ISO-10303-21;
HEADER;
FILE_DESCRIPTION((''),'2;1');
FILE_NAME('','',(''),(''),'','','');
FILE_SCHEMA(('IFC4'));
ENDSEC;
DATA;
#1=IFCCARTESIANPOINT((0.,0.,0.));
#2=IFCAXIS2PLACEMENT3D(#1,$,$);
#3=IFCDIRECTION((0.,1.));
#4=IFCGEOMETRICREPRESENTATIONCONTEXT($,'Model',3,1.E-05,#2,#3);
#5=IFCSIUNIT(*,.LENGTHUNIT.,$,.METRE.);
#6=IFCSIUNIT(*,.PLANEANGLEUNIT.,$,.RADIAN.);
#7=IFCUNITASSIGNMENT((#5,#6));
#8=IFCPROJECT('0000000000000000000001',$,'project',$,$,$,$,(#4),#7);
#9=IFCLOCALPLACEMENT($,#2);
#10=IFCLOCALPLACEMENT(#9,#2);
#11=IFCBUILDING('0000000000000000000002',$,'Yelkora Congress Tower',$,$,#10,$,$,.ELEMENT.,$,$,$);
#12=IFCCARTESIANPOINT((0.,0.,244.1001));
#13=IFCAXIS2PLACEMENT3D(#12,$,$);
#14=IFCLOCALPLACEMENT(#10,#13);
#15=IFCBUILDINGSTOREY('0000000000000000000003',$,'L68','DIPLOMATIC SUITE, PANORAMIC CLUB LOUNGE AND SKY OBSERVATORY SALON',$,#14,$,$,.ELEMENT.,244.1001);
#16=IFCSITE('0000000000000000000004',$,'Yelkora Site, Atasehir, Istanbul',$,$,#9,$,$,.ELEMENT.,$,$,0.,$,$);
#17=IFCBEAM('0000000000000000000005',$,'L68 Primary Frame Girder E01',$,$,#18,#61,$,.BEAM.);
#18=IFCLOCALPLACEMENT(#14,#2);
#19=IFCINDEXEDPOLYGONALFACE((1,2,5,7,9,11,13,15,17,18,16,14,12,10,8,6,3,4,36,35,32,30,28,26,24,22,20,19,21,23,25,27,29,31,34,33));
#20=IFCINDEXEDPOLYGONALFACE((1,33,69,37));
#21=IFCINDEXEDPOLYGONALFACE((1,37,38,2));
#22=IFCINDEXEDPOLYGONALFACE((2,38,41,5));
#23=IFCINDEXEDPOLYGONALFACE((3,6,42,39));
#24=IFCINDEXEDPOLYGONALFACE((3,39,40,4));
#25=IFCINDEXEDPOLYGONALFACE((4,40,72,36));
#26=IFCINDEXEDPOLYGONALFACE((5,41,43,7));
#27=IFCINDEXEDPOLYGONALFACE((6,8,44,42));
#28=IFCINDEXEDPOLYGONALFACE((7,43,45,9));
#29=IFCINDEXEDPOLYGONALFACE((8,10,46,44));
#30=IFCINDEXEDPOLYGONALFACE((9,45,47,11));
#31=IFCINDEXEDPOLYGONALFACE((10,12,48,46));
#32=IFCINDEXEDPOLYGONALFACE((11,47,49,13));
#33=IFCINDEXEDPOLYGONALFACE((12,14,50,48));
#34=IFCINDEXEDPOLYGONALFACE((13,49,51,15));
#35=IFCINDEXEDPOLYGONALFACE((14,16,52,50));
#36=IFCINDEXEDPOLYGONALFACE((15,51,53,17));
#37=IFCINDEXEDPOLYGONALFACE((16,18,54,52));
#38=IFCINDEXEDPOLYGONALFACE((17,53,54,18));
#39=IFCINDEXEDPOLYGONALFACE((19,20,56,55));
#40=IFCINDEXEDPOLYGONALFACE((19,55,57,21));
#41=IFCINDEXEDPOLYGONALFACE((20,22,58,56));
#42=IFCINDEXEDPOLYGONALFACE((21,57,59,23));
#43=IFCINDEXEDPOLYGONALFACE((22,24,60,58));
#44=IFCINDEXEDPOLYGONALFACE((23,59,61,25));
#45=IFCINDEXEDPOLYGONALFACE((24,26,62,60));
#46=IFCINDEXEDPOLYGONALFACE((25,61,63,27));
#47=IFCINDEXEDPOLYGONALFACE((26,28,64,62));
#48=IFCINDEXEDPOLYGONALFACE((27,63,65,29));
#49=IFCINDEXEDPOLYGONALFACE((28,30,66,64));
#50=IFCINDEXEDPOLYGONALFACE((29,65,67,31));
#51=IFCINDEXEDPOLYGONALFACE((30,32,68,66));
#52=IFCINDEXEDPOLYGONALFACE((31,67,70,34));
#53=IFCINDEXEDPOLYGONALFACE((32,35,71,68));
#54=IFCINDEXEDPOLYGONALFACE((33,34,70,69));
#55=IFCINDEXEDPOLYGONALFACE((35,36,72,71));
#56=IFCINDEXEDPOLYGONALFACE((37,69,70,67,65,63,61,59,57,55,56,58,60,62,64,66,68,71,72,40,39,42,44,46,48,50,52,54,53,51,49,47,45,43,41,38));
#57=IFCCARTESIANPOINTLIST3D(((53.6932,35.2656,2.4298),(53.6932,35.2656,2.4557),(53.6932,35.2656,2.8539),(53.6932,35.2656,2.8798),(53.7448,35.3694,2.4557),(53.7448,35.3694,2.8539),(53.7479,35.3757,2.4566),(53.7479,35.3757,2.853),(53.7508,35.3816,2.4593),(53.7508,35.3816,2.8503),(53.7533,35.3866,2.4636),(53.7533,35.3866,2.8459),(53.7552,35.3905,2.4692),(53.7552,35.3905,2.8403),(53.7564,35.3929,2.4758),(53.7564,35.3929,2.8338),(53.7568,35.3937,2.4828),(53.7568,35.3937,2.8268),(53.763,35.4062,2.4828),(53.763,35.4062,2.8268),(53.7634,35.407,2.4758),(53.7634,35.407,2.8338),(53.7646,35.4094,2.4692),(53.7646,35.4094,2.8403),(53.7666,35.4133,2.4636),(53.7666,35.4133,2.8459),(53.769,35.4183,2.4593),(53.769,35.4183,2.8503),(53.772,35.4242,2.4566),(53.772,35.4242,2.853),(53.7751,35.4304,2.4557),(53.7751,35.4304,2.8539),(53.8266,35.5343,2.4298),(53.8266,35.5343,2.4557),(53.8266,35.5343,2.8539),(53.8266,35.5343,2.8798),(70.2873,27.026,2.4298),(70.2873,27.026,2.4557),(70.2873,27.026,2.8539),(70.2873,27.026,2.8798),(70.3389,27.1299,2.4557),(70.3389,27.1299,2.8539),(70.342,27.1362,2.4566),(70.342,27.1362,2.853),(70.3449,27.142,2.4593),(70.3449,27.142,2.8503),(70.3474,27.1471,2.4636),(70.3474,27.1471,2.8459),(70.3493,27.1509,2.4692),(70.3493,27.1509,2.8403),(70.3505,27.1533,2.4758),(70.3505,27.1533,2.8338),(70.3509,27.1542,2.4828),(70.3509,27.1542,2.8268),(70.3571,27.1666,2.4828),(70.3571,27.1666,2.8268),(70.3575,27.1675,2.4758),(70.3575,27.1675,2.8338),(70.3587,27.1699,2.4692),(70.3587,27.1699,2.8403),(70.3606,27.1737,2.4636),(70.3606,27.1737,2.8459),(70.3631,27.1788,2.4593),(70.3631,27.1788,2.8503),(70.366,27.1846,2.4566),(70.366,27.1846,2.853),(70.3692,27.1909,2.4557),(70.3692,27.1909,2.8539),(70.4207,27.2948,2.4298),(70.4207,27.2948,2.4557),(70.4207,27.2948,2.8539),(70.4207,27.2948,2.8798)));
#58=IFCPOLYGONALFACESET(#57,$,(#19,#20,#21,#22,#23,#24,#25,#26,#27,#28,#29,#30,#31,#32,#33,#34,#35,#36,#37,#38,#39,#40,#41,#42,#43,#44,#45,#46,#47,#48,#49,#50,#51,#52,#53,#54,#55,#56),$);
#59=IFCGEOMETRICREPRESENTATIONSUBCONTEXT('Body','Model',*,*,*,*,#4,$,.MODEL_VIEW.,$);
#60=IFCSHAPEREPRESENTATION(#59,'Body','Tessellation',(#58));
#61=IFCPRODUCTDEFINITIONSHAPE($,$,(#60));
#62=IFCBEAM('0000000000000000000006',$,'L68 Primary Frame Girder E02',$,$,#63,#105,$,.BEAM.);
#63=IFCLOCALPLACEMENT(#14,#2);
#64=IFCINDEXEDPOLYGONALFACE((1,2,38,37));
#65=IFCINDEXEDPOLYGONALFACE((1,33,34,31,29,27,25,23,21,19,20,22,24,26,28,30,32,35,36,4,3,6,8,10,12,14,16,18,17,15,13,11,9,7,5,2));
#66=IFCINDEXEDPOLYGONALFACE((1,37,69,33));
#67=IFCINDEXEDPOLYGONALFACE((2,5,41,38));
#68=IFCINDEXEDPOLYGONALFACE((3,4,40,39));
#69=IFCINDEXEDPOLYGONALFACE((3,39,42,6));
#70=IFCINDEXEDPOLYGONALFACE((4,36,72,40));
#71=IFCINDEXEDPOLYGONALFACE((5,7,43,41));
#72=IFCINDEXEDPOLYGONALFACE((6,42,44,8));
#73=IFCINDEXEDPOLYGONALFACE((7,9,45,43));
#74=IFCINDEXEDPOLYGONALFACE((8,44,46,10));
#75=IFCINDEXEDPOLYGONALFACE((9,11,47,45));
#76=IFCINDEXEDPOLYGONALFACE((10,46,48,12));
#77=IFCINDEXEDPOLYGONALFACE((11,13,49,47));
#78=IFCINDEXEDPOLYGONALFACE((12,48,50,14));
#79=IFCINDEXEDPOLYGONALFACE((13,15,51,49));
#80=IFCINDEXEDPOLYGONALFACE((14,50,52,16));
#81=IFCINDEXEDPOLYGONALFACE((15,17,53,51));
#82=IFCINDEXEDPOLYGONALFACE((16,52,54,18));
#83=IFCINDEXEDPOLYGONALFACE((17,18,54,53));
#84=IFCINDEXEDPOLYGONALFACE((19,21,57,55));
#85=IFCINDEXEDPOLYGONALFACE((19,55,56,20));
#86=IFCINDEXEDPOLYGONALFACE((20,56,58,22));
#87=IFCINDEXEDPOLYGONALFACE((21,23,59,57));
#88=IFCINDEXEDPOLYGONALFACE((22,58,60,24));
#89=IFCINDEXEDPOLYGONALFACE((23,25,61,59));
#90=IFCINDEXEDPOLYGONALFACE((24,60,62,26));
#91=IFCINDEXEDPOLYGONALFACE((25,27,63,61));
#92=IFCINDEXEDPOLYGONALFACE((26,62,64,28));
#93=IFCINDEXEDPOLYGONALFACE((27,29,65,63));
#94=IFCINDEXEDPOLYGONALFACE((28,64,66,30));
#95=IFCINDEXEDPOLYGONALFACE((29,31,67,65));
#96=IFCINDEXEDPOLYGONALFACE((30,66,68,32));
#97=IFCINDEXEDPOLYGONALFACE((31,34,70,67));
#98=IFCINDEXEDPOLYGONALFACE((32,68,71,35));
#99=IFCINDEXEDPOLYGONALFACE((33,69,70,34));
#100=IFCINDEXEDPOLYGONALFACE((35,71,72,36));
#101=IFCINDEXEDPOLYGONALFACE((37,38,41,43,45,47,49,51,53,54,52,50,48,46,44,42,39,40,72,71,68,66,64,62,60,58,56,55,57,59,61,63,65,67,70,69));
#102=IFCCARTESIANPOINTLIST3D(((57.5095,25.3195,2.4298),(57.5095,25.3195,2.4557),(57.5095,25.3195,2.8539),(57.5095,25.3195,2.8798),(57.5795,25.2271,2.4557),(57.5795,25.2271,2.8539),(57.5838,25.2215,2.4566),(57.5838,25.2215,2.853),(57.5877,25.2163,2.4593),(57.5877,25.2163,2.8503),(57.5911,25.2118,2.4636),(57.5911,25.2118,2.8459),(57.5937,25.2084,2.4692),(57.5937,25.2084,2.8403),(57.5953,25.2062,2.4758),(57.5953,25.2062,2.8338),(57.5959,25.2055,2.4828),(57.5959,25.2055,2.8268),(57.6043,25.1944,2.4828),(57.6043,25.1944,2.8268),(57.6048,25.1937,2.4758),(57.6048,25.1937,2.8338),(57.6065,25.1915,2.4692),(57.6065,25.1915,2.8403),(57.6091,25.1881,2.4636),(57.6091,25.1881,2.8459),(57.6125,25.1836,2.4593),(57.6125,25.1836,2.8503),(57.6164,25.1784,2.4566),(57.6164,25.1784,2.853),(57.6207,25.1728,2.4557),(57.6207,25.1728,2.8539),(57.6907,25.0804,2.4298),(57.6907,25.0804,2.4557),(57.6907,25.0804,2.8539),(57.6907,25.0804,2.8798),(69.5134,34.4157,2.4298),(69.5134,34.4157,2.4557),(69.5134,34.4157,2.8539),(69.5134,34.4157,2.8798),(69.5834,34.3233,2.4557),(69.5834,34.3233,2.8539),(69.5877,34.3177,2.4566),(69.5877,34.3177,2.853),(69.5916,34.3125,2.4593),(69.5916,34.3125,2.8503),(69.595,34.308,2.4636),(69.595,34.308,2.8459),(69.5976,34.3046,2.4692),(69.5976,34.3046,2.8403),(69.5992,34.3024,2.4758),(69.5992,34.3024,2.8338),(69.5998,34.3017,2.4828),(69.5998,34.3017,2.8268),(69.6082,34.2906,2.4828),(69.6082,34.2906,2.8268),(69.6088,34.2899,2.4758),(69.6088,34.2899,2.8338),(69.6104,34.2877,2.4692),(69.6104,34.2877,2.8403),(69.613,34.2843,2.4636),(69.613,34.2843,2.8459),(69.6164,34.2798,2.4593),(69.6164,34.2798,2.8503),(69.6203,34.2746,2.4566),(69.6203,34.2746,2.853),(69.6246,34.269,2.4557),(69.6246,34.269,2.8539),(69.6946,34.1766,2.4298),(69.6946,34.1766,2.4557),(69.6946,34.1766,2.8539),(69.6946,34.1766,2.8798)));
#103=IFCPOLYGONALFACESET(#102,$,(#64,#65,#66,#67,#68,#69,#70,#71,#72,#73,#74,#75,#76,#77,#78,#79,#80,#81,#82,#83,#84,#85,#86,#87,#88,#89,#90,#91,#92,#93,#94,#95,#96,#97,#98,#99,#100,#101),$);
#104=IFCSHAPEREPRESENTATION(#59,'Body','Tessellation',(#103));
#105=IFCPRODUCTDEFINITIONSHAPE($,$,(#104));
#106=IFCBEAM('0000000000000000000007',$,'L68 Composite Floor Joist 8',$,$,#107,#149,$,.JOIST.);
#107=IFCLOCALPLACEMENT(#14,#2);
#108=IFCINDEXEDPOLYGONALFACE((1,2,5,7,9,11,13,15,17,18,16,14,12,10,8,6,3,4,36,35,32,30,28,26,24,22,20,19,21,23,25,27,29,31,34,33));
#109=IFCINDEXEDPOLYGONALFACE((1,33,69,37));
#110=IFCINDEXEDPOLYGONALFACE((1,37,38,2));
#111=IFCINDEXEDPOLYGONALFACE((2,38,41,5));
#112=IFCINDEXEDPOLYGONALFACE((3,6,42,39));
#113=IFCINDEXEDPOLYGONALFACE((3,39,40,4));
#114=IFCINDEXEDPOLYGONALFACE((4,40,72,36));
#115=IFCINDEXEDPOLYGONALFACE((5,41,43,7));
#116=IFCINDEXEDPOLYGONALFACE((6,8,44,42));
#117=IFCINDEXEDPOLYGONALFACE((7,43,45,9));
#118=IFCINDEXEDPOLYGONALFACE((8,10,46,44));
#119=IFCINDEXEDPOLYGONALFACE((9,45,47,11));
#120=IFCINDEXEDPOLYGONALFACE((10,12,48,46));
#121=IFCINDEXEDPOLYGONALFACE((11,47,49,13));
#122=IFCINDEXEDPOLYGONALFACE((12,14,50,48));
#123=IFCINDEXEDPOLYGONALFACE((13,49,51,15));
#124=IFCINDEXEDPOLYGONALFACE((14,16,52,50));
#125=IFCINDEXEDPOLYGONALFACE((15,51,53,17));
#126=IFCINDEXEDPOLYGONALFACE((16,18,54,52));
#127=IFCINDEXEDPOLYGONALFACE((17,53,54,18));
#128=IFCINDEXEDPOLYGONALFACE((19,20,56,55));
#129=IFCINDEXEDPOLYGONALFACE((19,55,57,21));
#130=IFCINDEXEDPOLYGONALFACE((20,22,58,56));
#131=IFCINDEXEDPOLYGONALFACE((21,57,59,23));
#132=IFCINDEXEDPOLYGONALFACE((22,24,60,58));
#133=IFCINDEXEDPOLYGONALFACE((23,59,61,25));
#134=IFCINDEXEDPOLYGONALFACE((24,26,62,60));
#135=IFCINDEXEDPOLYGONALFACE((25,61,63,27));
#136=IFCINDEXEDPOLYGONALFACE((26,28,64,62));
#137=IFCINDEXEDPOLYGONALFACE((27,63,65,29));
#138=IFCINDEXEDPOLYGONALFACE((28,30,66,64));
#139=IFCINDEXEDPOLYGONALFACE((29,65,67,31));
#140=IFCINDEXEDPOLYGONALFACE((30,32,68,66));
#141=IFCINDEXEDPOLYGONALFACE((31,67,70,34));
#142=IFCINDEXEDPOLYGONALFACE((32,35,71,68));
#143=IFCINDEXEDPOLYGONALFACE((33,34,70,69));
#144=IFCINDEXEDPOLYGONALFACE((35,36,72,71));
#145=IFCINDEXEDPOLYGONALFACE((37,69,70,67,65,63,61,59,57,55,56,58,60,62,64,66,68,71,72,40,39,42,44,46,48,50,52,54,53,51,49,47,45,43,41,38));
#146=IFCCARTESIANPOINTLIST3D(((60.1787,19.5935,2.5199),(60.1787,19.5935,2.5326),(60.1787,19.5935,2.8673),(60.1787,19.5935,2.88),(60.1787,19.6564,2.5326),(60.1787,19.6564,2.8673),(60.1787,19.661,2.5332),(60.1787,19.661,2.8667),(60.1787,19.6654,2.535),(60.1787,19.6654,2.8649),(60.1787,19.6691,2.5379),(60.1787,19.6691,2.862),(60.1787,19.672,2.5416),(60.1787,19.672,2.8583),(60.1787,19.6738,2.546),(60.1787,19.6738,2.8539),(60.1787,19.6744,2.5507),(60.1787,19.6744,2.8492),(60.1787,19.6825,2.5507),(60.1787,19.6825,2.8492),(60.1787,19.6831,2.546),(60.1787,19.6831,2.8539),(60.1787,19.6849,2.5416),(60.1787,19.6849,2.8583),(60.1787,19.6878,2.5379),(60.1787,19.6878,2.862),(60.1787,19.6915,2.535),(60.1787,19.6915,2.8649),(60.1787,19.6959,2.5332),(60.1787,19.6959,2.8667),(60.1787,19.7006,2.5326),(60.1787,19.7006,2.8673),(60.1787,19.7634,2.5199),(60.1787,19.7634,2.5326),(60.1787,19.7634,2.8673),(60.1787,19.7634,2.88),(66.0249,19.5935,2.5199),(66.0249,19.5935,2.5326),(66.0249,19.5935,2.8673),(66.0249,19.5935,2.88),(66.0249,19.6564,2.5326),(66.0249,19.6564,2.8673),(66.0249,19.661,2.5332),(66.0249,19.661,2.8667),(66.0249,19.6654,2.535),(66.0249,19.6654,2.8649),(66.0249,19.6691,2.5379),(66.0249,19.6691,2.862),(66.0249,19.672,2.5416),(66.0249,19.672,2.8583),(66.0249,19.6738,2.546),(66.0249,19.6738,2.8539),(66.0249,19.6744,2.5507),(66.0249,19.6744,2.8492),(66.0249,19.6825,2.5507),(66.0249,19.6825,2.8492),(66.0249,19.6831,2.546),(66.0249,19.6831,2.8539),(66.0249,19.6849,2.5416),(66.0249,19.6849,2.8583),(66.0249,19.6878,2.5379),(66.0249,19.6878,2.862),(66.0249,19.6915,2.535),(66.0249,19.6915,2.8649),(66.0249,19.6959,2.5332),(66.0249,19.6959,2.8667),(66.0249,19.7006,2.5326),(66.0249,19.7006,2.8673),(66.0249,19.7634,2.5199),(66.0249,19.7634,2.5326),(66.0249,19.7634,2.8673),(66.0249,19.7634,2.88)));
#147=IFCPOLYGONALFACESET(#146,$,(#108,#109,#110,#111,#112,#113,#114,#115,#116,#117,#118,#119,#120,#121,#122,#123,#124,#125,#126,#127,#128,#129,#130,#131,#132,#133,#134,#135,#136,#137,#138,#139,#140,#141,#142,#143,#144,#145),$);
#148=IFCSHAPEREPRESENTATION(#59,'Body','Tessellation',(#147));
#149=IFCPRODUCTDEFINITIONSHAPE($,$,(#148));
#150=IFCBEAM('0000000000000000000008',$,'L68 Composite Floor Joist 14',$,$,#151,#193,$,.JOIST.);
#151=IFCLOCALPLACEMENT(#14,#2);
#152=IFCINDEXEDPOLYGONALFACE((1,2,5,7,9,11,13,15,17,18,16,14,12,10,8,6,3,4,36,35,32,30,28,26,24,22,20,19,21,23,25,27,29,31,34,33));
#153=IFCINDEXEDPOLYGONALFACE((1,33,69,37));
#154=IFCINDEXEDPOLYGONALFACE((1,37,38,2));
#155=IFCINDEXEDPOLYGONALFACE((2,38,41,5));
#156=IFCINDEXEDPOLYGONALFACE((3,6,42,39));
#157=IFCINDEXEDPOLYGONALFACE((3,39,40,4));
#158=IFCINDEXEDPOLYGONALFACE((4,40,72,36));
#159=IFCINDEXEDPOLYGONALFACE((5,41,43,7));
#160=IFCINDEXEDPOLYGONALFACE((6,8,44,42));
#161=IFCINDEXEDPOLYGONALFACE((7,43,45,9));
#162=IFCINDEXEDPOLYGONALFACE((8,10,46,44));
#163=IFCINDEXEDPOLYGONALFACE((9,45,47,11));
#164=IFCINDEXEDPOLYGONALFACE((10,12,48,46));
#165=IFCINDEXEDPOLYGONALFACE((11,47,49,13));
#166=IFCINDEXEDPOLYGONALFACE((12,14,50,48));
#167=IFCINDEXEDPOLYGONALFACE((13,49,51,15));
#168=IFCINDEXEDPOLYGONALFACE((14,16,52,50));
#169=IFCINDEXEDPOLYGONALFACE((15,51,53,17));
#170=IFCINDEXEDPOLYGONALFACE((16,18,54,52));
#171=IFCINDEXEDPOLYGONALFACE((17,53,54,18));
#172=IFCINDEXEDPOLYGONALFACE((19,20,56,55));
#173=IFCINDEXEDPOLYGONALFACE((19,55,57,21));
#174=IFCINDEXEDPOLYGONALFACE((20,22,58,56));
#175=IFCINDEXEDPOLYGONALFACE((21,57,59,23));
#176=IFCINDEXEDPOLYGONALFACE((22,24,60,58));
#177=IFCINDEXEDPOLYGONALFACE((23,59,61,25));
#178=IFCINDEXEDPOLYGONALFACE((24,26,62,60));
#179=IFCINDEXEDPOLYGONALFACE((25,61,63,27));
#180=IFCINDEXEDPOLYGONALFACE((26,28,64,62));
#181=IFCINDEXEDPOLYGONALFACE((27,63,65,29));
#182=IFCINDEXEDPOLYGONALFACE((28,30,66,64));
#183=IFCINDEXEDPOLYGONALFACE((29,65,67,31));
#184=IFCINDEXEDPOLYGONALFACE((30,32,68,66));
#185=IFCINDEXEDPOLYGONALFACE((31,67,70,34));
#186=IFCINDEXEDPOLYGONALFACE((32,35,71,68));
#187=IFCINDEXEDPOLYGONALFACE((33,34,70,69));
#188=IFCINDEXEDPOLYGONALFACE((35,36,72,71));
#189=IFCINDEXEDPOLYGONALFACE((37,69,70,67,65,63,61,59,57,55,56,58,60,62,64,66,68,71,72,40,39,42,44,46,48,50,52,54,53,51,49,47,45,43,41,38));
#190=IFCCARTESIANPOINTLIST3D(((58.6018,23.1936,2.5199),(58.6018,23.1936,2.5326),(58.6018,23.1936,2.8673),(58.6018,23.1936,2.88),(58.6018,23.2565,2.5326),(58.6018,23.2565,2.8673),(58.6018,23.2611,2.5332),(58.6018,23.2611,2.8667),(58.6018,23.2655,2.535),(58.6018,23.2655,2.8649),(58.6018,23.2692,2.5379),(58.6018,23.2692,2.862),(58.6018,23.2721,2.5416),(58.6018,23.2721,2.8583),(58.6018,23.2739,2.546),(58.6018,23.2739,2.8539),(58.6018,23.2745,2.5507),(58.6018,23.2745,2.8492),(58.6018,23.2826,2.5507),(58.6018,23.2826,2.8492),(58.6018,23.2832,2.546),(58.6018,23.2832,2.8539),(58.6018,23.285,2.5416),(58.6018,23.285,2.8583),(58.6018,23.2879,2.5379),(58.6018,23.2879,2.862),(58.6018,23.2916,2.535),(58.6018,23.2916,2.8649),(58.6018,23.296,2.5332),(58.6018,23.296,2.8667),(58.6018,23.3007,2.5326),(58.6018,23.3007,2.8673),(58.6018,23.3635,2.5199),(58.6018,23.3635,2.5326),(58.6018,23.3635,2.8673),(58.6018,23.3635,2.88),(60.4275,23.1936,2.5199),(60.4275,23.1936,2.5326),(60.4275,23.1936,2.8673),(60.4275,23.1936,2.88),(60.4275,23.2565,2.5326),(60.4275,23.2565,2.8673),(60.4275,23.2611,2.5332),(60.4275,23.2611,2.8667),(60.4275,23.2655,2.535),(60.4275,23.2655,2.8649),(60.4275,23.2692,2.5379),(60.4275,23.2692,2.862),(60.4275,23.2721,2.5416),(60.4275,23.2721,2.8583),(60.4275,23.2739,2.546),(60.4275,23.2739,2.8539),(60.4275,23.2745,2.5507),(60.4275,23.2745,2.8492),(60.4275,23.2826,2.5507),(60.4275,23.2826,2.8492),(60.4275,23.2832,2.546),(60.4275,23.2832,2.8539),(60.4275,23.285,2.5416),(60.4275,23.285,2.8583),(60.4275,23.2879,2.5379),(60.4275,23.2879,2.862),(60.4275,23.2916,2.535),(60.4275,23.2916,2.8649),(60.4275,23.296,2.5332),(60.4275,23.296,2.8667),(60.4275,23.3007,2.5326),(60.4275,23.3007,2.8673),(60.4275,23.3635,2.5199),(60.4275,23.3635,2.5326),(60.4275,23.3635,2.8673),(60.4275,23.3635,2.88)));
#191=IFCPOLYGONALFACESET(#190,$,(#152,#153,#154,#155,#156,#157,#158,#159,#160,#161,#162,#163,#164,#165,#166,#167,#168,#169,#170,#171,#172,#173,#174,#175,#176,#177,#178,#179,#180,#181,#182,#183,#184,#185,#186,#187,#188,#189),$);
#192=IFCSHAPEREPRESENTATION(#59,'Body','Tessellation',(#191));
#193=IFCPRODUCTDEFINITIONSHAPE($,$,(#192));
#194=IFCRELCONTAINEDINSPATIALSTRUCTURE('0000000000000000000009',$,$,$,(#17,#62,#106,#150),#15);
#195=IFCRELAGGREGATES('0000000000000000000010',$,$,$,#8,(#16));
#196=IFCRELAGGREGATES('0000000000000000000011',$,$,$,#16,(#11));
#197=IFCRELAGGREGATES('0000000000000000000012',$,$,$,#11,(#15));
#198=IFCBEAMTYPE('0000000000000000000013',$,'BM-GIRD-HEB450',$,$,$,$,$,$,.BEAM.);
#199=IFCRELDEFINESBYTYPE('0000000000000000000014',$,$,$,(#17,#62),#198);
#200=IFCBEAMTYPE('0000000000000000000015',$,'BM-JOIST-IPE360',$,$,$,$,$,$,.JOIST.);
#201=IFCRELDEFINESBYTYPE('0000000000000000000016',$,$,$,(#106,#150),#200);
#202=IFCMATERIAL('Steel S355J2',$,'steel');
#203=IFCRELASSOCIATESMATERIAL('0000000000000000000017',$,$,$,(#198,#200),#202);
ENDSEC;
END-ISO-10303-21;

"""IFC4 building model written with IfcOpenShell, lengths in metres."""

from ifc_helpers import new_model, si_unit, direction, frame, origin, origin_2d, place, context, subcontext, project, spatial, i_section, extrude, material, material_profile, profile_set, type_object, element, save


model = new_model("IFC4")

# Units and contexts
model_context = context("Model", 3, precision=1e-05, world=origin(), true_north=direction((0.0, 1.0)))
body_context = subcontext(model_context, "Body", "Model", "MODEL_VIEW")
ifc_project = project(units=[si_unit("LENGTHUNIT", "METRE"), si_unit("PLANEANGLEUNIT", "RADIAN")], contexts=[model_context])

# Site, building, storey
site_placement = place(None, origin())
site = spatial("IfcSite", under=ifc_project, at=site_placement, Name="Yelkora Site, Atasehir, Istanbul", CompositionType="ELEMENT", RefElevation=0.0)
building_placement = place(site_placement, origin())
building = spatial("IfcBuilding", under=site, at=building_placement, Name="Yelkora Congress Tower", CompositionType="ELEMENT")
storey_placement = place(building_placement, frame((0.0, 0.0, 244.1001)))
storey = spatial("IfcBuildingStorey", under=building, at=storey_placement, Name="L68", Description="DIPLOMATIC SUITE, PANORAMIC CLUB LOUNGE AND SKY OBSERVATORY SALON", CompositionType="ELEMENT", Elevation=244.1001)

# Shared definitions
ifc_material_1 = material(Name="Steel S355J2", Category="steel")

# Beams
ifc_material_profile_1 = material_profile(ifc_material_1, i_section(OverallWidth=0.3, OverallDepth=0.45, WebThickness=0.0139, FlangeThickness=0.0259, FilletRadius=0.0271, at=origin_2d()), Name="HEB 450")
ifc_profile_set_1 = profile_set([ifc_material_profile_1], Name="Steel S355J2")
beam_type_1 = type_object("IfcBeamType", Name="BM-GIRD-HEB450", PredefinedType="BEAM", material=ifc_profile_set_1)
beam_1_placement = place(storey_placement, frame((70.354, 27.1604, 2.6548), z_axis=(-0.895665, 0.444729, 0.0), x_axis=(-0.444729, -0.895665, 0.0)))
element("IfcBeam", 1, at=beam_1_placement, inside=storey, type_object=beam_type_1, Name="L68 Primary Frame Girder E01", PredefinedType="BEAM", context=body_context, shape_type="SweptSolid", body=[
    extrude(i_section(OverallWidth=0.3, OverallDepth=0.45, WebThickness=0.0139, FlangeThickness=0.0259, FilletRadius=0.0271, at=origin_2d()), origin(), (0.0, 0.0, 1.0), 18.5271),
])
beam_2_placement = place(storey_placement, frame((69.604, 34.2961, 2.6548), z_axis=(-0.797018, -0.603956, 0.0), x_axis=(0.603956, -0.797018, 0.0)))
element("IfcBeam", 2, at=beam_2_placement, inside=storey, type_object=beam_type_1, Name="L68 Primary Frame Girder E02", PredefinedType="BEAM", context=body_context, shape_type="SweptSolid", body=[
    extrude(i_section(OverallWidth=0.3, OverallDepth=0.45, WebThickness=0.0139, FlangeThickness=0.0259, FilletRadius=0.0271, at=origin_2d()), origin(), (0.0, 0.0, 1.0), 15.061),
])
ifc_material_profile_2 = material_profile(ifc_material_1, i_section(OverallWidth=0.1699, OverallDepth=0.3601, WebThickness=0.0081, FlangeThickness=0.0127, FilletRadius=0.0181, at=origin_2d()), Name="IPE 360")
ifc_profile_set_2 = profile_set([ifc_material_profile_2], Name="Steel S355J2")
beam_type_2 = type_object("IfcBeamType", Name="BM-JOIST-IPE360", PredefinedType="JOIST", material=ifc_profile_set_2)
beam_3_placement = place(storey_placement, frame((60.1787, 19.6785, 2.7), z_axis=(1.0, 0.0, 0.0), x_axis=(0.0, 1.0, 0.0)))
element("IfcBeam", 3, at=beam_3_placement, inside=storey, type_object=beam_type_2, Name="L68 Composite Floor Joist 8", PredefinedType="JOIST", context=body_context, shape_type="SweptSolid", body=[
    extrude(i_section(OverallWidth=0.1699, OverallDepth=0.3601, WebThickness=0.0081, FlangeThickness=0.0127, FilletRadius=0.0181, at=origin_2d()), origin(), (0.0, 0.0, 1.0), 5.8462),
])
beam_4_placement = place(storey_placement, frame((58.6018, 23.2786, 2.7), z_axis=(1.0, 0.0, 0.0), x_axis=(0.0, 1.0, 0.0)))
element("IfcBeam", 4, at=beam_4_placement, inside=storey, type_object=beam_type_2, Name="L68 Composite Floor Joist 14", PredefinedType="JOIST", context=body_context, shape_type="SweptSolid", body=[
    extrude(i_section(OverallWidth=0.1699, OverallDepth=0.3601, WebThickness=0.0081, FlangeThickness=0.0127, FilletRadius=0.0181, at=origin_2d()), origin(), (0.0, 0.0, 1.0), 1.8257),
])

save(model, "model.ifc")
